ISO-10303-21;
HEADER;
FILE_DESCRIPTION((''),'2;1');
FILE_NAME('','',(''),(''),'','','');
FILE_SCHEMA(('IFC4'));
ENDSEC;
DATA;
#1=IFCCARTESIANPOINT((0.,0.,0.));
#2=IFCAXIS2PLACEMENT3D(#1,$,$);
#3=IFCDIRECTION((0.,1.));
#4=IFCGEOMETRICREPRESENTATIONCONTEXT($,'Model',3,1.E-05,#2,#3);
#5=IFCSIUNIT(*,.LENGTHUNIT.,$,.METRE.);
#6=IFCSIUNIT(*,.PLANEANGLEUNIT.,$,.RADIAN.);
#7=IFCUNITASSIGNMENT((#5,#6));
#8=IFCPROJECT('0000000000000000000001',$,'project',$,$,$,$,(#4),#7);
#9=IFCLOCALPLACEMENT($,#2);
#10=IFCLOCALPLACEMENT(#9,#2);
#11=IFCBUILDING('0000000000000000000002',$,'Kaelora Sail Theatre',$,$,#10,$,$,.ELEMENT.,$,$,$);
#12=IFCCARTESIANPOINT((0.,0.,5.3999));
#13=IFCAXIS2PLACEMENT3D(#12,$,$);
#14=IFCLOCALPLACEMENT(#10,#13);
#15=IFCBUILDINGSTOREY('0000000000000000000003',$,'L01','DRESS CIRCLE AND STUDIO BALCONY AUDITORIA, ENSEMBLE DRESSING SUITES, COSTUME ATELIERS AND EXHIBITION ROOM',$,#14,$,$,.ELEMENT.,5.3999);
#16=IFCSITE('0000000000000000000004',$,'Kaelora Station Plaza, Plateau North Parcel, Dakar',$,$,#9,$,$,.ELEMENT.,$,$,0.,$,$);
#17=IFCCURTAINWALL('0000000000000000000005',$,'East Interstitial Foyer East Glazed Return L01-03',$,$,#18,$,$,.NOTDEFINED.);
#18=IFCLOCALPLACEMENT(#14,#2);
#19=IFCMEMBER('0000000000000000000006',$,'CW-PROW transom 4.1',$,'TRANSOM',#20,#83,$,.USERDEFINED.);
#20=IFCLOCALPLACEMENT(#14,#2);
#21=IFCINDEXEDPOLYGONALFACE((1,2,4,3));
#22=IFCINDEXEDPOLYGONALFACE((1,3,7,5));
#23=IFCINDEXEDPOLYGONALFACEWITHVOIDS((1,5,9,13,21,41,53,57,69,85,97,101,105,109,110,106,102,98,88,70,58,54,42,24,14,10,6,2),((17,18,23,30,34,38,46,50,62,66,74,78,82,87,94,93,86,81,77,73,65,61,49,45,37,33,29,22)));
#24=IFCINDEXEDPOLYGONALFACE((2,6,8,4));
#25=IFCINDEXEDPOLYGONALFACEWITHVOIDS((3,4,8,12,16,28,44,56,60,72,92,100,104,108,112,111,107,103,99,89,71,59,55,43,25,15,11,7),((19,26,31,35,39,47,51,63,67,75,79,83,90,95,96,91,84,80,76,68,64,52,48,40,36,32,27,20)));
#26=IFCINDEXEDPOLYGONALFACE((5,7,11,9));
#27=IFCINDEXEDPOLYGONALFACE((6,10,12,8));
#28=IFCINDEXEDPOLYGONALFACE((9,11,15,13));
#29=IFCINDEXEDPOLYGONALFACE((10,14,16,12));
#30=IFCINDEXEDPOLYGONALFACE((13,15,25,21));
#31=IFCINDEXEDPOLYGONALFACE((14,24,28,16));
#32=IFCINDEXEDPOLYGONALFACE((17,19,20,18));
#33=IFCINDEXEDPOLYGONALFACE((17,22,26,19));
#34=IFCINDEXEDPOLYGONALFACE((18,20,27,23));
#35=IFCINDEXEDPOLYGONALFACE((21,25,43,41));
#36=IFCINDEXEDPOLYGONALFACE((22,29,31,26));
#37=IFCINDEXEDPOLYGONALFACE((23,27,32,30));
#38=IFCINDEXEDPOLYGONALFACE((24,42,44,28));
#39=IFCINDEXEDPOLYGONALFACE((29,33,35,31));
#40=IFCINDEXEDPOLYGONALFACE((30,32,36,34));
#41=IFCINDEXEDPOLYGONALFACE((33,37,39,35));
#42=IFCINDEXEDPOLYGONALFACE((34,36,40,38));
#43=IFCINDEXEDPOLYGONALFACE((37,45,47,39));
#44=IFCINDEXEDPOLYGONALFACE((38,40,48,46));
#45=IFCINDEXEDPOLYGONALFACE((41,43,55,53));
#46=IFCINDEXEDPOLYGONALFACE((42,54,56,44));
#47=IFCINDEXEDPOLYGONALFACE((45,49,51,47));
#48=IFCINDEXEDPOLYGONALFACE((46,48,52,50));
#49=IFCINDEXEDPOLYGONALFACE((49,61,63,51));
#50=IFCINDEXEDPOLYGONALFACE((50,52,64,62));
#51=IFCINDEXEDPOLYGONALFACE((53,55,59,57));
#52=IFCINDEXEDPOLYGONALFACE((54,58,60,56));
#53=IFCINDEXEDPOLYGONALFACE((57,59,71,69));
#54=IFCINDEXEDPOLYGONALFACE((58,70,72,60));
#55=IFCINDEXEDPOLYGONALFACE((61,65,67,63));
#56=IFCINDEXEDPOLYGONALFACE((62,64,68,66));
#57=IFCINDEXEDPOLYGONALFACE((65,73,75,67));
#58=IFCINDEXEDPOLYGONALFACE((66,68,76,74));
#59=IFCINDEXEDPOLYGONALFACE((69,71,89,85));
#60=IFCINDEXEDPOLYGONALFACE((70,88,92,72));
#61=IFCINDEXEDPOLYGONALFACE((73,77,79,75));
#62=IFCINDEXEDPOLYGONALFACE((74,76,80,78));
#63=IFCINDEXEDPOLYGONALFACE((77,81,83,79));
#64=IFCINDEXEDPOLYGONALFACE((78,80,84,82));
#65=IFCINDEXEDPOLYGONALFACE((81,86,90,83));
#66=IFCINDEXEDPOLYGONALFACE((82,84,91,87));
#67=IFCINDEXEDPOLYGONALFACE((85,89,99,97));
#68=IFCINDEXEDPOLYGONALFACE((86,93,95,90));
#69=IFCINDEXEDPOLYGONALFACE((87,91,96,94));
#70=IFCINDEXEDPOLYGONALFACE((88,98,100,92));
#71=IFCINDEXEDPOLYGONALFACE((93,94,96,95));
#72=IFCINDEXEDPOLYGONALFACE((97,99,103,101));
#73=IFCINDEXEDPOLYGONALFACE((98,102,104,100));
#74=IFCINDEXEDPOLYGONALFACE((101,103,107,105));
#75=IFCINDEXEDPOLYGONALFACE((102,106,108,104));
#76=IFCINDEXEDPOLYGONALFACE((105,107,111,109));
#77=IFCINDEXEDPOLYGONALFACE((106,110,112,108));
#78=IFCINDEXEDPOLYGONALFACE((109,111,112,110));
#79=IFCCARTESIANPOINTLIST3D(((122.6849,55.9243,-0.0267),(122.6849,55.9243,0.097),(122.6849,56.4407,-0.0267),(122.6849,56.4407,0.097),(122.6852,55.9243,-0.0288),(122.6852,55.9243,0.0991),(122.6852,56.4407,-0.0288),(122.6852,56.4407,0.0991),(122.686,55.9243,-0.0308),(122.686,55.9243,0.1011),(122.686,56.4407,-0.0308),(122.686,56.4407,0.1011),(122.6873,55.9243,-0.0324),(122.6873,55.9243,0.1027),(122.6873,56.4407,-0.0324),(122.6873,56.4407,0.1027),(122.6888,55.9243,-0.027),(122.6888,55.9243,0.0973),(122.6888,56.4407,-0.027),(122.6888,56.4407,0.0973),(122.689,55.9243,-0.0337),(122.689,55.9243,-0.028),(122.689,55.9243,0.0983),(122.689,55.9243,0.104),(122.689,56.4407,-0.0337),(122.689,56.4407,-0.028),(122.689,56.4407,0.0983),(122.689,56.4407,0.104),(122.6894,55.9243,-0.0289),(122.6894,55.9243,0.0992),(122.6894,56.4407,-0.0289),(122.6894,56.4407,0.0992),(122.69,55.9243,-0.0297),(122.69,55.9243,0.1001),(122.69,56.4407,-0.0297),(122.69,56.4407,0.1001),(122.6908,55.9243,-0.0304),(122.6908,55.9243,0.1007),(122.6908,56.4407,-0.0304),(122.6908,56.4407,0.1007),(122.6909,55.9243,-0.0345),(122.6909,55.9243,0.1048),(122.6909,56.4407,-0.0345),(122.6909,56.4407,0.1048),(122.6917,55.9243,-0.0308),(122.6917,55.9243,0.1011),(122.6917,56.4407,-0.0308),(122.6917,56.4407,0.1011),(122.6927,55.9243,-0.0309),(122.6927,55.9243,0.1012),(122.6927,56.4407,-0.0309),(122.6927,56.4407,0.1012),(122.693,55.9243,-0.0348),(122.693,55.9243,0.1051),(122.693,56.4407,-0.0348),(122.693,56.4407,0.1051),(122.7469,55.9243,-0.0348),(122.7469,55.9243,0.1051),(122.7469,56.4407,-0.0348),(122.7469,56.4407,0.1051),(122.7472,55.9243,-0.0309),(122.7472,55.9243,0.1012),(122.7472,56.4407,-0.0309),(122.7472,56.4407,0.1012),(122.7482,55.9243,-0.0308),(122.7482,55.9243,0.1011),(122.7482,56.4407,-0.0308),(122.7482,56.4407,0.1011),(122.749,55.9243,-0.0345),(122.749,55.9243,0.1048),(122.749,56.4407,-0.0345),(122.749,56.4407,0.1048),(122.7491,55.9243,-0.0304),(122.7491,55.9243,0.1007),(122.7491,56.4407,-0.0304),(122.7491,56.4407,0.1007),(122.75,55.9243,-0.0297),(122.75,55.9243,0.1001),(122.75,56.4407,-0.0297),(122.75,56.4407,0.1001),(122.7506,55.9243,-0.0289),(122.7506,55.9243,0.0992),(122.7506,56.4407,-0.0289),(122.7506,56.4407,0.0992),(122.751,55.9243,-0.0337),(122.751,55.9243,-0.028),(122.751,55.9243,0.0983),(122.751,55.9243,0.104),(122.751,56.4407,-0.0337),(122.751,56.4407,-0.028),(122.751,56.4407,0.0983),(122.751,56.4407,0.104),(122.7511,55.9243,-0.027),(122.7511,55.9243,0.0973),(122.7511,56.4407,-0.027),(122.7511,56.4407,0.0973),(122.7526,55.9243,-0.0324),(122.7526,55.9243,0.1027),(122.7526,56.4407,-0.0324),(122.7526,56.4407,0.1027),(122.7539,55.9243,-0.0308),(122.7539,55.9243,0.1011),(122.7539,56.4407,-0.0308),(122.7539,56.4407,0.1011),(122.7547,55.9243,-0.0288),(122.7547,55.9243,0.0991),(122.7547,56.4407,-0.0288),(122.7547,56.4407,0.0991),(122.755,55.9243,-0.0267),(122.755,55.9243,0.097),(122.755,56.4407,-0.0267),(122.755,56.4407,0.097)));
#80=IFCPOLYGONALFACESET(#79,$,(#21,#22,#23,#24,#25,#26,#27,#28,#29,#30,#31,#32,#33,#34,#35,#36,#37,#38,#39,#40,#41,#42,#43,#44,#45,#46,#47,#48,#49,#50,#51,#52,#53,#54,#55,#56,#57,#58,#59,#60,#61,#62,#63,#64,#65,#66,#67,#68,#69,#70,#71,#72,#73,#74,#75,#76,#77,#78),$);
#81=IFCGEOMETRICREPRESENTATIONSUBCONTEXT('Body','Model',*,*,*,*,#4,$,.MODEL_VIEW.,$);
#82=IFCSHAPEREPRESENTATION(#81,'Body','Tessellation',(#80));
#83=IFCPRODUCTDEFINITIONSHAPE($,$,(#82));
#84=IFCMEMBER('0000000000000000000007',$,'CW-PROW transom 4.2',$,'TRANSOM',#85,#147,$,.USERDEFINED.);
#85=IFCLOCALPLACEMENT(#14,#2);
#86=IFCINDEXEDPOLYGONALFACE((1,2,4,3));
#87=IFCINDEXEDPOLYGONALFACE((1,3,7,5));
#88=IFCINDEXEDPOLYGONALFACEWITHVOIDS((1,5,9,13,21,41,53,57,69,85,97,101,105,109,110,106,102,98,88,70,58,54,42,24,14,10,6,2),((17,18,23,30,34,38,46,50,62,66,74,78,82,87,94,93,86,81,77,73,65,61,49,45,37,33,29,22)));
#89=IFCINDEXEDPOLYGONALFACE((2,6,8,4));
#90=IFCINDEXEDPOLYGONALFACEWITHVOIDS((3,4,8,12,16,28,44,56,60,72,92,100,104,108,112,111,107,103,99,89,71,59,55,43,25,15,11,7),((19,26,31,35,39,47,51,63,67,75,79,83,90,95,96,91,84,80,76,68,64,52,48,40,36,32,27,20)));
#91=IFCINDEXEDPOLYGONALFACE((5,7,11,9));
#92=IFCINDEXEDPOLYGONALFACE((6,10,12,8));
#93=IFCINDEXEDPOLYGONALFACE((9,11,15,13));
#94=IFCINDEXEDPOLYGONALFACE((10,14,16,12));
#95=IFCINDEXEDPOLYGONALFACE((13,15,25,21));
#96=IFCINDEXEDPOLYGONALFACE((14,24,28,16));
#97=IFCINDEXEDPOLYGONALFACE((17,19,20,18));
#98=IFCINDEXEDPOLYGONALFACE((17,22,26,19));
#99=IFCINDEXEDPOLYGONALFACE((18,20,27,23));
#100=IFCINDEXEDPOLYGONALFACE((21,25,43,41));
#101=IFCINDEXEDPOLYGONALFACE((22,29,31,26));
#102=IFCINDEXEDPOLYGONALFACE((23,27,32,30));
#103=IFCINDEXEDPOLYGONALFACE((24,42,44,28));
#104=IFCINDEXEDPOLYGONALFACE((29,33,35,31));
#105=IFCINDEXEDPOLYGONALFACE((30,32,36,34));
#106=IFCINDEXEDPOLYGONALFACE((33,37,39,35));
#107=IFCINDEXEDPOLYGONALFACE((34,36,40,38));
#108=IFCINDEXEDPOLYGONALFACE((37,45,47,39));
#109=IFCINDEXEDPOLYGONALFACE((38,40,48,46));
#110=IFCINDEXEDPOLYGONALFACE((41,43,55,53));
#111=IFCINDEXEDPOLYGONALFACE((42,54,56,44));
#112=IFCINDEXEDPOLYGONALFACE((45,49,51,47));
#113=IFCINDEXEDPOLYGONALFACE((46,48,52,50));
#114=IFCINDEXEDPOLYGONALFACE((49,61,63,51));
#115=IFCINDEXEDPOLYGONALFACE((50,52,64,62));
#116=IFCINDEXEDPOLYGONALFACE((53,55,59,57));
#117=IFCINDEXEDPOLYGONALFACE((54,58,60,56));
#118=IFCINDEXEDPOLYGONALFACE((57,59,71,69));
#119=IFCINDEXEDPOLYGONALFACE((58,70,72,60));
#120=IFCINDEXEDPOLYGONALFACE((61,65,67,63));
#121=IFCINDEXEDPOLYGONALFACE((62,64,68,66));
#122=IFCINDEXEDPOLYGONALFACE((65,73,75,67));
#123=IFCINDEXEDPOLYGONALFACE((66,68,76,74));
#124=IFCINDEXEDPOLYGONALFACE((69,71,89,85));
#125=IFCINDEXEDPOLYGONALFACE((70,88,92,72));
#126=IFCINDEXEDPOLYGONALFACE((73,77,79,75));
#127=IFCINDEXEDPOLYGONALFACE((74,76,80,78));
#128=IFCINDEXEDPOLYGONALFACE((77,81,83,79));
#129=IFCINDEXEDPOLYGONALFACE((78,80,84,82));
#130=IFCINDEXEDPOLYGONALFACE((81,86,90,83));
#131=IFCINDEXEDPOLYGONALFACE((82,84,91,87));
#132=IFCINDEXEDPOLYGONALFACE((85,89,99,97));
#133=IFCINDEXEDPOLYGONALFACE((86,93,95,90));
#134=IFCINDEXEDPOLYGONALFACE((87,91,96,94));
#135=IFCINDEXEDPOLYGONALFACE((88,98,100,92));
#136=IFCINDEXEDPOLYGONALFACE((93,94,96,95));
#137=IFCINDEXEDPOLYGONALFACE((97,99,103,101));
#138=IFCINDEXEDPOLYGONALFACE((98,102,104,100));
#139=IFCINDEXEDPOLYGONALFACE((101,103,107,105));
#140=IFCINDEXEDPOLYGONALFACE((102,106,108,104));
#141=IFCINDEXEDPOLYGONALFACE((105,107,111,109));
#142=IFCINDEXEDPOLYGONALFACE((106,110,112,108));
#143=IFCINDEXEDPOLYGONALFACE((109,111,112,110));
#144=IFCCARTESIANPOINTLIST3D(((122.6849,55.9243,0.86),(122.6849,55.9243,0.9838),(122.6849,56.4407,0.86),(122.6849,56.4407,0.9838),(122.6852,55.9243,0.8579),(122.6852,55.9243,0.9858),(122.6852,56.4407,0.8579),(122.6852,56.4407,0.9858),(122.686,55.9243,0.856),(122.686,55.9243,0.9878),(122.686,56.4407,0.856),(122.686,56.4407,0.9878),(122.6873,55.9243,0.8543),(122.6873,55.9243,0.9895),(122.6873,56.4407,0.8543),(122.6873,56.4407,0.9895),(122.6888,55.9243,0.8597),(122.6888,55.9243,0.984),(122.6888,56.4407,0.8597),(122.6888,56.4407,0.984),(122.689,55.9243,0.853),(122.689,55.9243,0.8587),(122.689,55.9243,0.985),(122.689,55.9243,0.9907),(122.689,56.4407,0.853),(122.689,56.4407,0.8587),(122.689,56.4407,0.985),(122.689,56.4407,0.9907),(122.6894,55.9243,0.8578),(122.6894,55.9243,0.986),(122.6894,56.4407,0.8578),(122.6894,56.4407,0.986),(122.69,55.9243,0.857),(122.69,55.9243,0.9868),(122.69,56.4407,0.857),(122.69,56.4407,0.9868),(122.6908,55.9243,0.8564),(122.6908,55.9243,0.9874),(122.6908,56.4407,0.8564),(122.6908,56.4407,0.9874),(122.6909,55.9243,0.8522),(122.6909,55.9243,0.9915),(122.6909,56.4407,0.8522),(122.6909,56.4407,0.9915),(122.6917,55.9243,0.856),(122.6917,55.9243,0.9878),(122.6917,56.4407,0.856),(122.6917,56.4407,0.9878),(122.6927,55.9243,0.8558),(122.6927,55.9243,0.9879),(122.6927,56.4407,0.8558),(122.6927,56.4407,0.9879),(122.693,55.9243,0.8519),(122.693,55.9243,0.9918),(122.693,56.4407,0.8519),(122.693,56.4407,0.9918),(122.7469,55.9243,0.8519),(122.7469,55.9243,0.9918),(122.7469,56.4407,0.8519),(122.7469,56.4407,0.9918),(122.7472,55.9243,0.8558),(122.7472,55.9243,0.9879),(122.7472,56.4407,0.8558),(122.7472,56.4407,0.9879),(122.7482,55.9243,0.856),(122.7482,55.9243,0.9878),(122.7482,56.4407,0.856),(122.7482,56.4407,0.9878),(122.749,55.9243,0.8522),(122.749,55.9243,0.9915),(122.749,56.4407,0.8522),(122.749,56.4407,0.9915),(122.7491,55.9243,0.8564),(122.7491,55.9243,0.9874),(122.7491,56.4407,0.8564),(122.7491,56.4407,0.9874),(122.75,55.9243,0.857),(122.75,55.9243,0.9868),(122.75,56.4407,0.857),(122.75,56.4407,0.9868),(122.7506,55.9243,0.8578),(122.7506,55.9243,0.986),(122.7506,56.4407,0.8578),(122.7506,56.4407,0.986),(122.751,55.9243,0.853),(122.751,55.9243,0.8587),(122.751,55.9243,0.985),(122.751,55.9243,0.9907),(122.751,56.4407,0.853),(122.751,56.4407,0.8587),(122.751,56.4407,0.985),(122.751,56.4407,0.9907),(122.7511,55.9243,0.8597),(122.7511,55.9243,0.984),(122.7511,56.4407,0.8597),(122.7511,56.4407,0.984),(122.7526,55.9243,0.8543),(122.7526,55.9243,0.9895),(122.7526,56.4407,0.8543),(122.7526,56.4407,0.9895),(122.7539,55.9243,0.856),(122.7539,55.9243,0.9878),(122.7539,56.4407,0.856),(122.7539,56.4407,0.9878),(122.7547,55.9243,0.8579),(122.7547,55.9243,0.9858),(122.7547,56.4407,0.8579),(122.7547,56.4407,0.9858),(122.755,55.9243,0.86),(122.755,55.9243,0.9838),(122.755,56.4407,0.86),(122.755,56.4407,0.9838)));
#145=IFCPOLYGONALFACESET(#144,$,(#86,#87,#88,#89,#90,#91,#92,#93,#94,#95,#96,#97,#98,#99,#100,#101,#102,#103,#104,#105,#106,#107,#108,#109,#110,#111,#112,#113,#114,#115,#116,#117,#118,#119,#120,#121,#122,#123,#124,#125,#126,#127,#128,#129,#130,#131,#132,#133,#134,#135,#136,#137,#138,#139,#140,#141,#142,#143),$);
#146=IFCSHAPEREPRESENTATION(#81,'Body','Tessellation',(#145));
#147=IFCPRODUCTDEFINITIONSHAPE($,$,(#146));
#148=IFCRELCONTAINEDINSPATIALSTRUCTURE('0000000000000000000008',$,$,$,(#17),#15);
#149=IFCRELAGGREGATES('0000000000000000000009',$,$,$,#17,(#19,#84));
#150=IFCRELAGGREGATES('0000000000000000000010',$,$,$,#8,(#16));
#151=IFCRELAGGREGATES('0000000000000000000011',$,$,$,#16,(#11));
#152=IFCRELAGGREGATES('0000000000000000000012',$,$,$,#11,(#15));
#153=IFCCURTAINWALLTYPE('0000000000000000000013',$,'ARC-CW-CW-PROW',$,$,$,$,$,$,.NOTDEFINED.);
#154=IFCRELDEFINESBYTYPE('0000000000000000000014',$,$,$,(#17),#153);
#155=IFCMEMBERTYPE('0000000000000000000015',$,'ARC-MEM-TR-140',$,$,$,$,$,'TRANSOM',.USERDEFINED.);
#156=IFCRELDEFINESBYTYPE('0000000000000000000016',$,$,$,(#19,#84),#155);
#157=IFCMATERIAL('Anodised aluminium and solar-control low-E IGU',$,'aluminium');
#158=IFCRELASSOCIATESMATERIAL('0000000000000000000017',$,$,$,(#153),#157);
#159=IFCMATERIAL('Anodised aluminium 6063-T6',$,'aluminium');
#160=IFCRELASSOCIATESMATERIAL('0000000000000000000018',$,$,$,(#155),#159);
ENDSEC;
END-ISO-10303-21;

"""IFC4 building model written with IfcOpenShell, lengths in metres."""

from ifc_helpers import new_model, si_unit, direction, frame, origin, origin_2d, place, context, subcontext, project, spatial, hollow_rectangle, extrude, material, material_profile, profile_set, type_object, element, aggregate, save


model = new_model("IFC4")

# Units and contexts
model_context = context("Model", 3, precision=1e-05, world=origin(), true_north=direction((0.0, 1.0)))
body_context = subcontext(model_context, "Body", "Model", "MODEL_VIEW")
ifc_project = project(units=[si_unit("LENGTHUNIT", "METRE"), si_unit("PLANEANGLEUNIT", "RADIAN")], contexts=[model_context])

# Site, building, storey
site_placement = place(None, origin())
site = spatial("IfcSite", under=ifc_project, at=site_placement, Name="Kaelora Station Plaza, Plateau North Parcel, Dakar", CompositionType="ELEMENT", RefElevation=0.0)
building_placement = place(site_placement, origin())
building = spatial("IfcBuilding", under=site, at=building_placement, Name="Kaelora Sail Theatre", CompositionType="ELEMENT")
storey_placement = place(building_placement, frame((0.0, 0.0, 5.3999)))
storey = spatial("IfcBuildingStorey", under=building, at=storey_placement, Name="L01", Description="DRESS CIRCLE AND STUDIO BALCONY AUDITORIA, ENSEMBLE DRESSING SUITES, COSTUME ATELIERS AND EXHIBITION ROOM", CompositionType="ELEMENT", Elevation=5.3999)

# Curtain wall, members
ifc_material_1 = material(Name="Anodised aluminium and solar-control low-E IGU", Category="aluminium")
curtain_wall_type = type_object("IfcCurtainWallType", Name="ARC-CW-CW-PROW", PredefinedType="NOTDEFINED", material=ifc_material_1)
curtain_wall_placement = place(storey_placement, origin())
curtain_wall = element("IfcCurtainWall", 1, at=curtain_wall_placement, inside=storey, type_object=curtain_wall_type, Name="East Interstitial Foyer East Glazed Return L01-03", PredefinedType="NOTDEFINED")
ifc_material_2 = material(Name="Anodised aluminium 6063-T6", Category="aluminium")
ifc_material_profile_1 = material_profile(ifc_material_2, hollow_rectangle(XDim=0.0701, YDim=0.1399, WallThickness=0.0039, InnerFilletRadius=0.0039, OuterFilletRadius=0.0081, at=origin_2d()), Name="ALU-TRAN 70x140x4")
ifc_profile_set_1 = profile_set([ifc_material_profile_1], Name="Anodised aluminium 6063-T6")
member_type_1 = type_object("IfcMemberType", Name="ARC-MEM-TR-140", ElementType="TRANSOM", PredefinedType="USERDEFINED", material=ifc_profile_set_1)
member_1_placement = place(storey_placement, frame((122.72, 55.9243, 0.0352), z_axis=(0.0, 1.0, 0.0), x_axis=(-1.0, 0.0, 0.0)))
member_1 = element("IfcMember", 2, at=member_1_placement, type_object=member_type_1, Name="CW-PROW transom 4.1", ObjectType="TRANSOM", PredefinedType="USERDEFINED", context=body_context, shape_type="SweptSolid", body=[
    extrude(hollow_rectangle(XDim=0.0701, YDim=0.1399, WallThickness=0.0039, InnerFilletRadius=0.0039, OuterFilletRadius=0.0081, at=origin_2d()), origin(), (0.0, 0.0, 1.0), 0.5164),
])
member_2_placement = place(storey_placement, frame((122.72, 55.9243, 0.9219), z_axis=(0.0, 1.0, 0.0), x_axis=(-1.0, 0.0, 0.0)))
member_2 = element("IfcMember", 3, at=member_2_placement, type_object=member_type_1, Name="CW-PROW transom 4.2", ObjectType="TRANSOM", PredefinedType="USERDEFINED", context=body_context, shape_type="SweptSolid", body=[
    extrude(hollow_rectangle(XDim=0.0701, YDim=0.1399, WallThickness=0.0039, InnerFilletRadius=0.0039, OuterFilletRadius=0.0081, at=origin_2d()), origin(), (0.0, 0.0, 1.0), 0.5164),
])
aggregate(curtain_wall, [member_1, member_2])

save(model, "model.ifc")
